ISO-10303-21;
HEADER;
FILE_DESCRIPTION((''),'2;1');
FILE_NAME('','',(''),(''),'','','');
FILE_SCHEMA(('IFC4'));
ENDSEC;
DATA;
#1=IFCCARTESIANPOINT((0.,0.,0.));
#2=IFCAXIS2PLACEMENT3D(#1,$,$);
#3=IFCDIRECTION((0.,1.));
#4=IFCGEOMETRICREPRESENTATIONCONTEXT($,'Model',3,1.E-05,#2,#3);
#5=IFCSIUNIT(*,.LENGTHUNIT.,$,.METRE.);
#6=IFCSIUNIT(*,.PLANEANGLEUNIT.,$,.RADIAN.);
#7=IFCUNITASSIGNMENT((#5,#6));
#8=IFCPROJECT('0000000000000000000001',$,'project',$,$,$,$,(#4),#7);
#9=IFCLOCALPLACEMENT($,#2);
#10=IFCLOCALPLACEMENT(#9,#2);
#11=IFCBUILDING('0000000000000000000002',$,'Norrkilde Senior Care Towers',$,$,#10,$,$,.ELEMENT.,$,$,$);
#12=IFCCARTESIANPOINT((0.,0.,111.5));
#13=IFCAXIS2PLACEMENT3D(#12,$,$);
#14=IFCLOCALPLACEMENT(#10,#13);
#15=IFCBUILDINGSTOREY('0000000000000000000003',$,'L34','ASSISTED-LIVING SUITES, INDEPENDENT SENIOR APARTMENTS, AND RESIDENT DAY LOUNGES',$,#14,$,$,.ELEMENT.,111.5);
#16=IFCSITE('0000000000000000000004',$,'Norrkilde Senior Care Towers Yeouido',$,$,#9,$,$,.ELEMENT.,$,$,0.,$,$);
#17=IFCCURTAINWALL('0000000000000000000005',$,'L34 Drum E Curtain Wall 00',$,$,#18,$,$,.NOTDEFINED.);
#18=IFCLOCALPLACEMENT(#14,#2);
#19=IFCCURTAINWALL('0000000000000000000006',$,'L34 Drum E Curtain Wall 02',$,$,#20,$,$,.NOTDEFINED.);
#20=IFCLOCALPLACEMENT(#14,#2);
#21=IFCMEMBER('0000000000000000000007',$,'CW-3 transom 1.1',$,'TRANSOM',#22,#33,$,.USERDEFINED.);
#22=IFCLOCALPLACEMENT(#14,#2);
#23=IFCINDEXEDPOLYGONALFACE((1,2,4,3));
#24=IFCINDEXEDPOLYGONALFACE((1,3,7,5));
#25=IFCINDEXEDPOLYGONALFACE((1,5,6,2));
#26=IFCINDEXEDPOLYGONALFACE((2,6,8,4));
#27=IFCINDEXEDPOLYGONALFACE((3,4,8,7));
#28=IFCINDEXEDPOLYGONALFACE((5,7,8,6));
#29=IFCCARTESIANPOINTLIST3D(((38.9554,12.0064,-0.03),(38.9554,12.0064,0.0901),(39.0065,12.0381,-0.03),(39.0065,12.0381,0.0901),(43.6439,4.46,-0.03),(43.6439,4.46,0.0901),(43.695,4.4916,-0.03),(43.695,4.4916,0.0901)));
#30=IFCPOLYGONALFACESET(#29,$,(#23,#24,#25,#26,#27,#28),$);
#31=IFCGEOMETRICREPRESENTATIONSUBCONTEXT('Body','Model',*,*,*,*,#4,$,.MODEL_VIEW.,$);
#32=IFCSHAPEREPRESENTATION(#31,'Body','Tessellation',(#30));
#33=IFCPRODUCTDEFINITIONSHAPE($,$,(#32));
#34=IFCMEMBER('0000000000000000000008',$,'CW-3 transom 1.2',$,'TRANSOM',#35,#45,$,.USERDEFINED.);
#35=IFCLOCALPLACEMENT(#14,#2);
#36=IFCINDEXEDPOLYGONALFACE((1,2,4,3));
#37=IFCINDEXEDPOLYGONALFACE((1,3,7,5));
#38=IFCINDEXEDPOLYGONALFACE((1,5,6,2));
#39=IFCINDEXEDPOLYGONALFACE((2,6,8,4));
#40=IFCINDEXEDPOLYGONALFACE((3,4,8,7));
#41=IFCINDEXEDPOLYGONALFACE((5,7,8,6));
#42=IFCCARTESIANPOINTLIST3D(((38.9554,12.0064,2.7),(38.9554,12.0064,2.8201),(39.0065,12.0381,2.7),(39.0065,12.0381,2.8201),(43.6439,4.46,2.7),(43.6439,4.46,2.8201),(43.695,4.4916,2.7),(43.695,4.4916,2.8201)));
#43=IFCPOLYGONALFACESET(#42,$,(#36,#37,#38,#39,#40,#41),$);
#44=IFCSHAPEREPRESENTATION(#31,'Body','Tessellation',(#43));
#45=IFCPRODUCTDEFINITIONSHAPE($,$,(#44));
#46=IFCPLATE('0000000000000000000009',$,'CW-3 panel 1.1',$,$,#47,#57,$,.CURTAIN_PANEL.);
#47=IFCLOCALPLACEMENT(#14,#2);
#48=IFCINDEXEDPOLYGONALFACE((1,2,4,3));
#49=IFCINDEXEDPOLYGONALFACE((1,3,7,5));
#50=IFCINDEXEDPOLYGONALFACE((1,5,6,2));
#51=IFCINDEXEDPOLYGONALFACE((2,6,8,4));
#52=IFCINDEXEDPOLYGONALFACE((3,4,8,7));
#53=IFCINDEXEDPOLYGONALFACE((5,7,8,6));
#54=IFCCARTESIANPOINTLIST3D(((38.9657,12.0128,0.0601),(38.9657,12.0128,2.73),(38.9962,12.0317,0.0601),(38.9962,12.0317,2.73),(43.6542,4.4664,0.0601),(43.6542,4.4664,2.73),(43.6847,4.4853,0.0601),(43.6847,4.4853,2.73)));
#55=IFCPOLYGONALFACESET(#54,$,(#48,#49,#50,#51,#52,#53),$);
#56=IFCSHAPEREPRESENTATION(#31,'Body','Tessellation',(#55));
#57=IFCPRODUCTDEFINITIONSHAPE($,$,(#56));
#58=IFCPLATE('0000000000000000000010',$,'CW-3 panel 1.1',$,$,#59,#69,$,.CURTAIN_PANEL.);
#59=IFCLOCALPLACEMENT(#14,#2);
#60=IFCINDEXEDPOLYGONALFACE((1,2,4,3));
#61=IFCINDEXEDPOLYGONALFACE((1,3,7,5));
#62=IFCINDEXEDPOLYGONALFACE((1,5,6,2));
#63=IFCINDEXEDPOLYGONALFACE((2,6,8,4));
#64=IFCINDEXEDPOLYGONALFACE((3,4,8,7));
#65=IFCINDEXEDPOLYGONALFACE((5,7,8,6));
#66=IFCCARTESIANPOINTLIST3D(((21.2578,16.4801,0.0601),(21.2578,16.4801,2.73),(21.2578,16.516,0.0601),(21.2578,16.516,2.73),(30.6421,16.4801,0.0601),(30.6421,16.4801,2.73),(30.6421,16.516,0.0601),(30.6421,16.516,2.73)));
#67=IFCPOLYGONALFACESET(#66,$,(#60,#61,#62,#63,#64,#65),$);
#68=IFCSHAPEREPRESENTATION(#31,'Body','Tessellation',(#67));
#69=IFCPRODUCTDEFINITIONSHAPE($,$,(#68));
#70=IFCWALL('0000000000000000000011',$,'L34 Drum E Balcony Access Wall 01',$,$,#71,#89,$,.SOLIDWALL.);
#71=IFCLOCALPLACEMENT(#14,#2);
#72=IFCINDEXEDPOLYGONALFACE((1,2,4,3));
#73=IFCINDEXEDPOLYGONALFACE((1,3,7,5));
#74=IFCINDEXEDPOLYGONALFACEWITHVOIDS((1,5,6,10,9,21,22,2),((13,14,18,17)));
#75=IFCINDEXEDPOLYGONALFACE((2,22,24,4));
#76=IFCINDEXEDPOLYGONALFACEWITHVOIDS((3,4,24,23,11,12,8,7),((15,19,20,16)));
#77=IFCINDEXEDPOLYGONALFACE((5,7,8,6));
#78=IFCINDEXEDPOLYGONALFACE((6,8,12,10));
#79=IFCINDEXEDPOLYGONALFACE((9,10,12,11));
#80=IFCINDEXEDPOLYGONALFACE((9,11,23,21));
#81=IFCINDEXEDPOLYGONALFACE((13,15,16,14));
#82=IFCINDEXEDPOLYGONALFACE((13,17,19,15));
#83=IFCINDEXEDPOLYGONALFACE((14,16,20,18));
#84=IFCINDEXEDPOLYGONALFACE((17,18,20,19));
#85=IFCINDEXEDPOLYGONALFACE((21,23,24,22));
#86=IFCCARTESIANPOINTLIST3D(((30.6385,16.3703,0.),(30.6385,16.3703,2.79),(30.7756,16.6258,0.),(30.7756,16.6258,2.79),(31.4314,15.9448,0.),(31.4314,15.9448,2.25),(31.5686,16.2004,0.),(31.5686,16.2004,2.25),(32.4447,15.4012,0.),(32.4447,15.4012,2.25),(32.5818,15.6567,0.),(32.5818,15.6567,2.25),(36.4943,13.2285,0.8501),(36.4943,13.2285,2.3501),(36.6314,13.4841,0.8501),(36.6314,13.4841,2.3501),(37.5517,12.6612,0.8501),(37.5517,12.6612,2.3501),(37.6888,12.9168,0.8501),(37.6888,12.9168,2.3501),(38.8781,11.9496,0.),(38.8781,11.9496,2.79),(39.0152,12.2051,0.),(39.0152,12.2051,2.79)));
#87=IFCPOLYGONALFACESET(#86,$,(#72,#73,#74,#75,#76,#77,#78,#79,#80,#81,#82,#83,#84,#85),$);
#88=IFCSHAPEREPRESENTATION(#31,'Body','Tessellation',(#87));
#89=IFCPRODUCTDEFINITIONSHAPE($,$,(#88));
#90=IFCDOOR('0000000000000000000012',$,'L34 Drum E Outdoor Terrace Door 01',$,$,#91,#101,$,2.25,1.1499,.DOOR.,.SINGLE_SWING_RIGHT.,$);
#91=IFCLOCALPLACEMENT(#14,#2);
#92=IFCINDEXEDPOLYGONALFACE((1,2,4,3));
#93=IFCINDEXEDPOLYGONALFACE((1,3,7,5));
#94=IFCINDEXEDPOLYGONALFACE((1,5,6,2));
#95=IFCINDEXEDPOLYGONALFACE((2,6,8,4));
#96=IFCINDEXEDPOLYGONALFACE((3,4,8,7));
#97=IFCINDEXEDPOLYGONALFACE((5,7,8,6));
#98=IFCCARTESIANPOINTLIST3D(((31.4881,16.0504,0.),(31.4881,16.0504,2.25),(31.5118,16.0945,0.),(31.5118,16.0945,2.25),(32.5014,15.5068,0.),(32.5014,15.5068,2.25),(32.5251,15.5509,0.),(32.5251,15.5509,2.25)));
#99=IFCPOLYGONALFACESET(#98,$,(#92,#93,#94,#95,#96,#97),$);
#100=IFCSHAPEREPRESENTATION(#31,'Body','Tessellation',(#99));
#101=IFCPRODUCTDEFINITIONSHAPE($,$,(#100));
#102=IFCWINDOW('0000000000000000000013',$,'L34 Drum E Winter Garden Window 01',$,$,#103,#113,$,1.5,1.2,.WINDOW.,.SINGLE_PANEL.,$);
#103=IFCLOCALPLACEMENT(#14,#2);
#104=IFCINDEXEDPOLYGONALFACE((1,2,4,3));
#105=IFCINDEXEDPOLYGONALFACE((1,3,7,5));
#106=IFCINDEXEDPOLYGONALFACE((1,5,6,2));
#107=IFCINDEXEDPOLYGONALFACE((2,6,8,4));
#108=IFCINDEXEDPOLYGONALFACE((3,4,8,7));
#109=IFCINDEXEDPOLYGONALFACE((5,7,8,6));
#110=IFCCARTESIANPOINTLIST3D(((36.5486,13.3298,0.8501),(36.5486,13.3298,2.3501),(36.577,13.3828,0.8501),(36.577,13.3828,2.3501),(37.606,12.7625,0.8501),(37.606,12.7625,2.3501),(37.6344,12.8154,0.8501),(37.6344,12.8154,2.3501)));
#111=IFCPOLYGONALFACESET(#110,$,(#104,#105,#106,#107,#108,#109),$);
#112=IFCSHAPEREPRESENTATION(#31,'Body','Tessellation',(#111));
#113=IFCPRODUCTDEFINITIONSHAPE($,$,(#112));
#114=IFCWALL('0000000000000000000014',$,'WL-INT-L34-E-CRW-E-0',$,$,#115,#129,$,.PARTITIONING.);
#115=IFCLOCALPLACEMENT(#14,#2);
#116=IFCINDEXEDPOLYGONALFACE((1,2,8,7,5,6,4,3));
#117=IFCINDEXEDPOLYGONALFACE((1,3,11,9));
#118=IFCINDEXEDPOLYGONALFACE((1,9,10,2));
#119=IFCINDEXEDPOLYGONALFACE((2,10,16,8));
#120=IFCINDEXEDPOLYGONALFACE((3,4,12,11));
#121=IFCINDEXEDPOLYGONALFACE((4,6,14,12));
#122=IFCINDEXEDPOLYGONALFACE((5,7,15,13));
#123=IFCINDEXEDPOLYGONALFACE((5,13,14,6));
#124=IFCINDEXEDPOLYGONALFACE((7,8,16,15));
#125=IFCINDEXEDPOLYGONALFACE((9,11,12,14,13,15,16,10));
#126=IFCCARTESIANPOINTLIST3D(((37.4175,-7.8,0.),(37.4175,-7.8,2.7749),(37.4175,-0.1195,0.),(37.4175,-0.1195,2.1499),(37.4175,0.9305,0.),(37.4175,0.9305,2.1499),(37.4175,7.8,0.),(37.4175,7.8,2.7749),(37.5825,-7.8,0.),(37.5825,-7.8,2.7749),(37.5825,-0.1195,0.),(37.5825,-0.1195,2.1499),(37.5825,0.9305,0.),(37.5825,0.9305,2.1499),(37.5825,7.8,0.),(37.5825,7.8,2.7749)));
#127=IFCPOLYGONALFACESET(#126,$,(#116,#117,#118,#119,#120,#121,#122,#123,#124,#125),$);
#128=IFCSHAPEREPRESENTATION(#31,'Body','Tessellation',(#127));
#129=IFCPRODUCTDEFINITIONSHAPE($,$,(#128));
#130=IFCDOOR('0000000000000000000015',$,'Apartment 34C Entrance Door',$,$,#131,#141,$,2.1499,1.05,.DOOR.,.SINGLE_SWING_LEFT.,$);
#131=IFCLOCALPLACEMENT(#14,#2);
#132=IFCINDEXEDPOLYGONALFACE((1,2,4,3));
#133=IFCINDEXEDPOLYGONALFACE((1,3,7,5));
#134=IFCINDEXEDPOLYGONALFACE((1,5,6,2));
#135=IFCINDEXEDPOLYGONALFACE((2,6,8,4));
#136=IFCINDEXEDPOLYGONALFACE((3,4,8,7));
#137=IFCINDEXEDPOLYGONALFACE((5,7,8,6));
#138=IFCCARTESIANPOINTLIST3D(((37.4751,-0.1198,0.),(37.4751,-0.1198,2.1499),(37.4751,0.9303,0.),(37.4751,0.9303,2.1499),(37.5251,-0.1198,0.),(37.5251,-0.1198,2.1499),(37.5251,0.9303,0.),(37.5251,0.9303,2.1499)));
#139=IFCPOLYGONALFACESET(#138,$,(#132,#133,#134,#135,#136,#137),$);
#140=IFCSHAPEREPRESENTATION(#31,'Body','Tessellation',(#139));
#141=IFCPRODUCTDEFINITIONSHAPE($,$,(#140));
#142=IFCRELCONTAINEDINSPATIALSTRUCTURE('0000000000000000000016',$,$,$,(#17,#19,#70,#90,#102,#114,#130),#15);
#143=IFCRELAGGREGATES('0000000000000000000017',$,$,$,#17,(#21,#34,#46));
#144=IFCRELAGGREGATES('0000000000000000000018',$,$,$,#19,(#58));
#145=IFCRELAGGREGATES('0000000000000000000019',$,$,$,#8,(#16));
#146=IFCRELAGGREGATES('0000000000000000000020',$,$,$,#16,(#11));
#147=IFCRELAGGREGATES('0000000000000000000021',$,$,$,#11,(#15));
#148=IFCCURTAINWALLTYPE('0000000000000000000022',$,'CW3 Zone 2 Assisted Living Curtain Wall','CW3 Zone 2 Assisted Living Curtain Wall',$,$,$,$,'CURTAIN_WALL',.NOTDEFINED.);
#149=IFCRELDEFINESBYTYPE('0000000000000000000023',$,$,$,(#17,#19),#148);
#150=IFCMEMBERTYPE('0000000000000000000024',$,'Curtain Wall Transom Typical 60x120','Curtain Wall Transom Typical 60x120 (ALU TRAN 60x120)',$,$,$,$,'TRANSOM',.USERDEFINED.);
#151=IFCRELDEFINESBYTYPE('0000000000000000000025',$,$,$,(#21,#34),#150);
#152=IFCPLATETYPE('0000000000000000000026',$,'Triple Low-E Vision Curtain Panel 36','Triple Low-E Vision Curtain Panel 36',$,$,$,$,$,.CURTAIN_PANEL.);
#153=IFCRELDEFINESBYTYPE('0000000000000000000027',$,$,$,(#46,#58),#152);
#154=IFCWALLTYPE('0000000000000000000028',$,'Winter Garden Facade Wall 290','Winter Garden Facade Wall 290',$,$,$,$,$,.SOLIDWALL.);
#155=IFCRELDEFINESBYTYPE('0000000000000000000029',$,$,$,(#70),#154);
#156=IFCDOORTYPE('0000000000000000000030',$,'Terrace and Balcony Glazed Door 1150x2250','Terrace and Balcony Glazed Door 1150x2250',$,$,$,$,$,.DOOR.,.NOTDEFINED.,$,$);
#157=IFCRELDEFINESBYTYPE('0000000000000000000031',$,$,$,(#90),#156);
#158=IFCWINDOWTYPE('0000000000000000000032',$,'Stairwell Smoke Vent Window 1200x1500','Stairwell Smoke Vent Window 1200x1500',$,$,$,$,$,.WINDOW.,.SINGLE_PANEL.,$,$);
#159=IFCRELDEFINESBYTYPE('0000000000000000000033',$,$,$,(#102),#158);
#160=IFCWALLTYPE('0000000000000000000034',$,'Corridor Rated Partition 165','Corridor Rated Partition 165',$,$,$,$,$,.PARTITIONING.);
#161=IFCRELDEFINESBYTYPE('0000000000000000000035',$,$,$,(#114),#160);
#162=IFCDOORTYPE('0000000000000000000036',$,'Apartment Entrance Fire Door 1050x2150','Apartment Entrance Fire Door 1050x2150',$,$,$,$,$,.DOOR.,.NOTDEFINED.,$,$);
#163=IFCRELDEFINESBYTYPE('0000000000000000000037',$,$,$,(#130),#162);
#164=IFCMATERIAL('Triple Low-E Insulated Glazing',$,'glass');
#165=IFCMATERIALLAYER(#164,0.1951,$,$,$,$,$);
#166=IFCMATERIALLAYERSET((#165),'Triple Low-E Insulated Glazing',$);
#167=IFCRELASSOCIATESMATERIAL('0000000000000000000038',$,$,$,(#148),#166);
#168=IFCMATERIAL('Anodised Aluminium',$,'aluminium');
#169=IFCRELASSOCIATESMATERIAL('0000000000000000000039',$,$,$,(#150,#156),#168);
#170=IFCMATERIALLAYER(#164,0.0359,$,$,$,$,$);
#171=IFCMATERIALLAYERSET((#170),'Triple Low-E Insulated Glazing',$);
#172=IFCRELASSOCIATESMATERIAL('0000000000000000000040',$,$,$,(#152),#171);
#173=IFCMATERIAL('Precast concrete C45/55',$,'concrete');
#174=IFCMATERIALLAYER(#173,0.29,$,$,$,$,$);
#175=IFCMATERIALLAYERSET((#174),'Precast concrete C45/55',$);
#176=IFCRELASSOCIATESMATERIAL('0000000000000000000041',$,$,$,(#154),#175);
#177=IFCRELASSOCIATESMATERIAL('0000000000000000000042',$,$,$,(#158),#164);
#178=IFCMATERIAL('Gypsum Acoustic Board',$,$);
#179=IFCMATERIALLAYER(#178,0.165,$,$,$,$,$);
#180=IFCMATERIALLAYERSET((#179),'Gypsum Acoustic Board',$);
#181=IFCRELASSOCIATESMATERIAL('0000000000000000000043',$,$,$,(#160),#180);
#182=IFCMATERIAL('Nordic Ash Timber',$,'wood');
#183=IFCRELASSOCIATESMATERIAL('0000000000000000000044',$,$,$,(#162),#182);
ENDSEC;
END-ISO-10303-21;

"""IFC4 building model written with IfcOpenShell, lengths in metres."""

from ifc_helpers import new_model, si_unit, direction, frame, frame_2d, origin, origin_2d, place, context, subcontext, project, spatial, rectangle, extrude, source, transform, mapped, material, layer, layer_set, material_profile, profile_set, type_object, type_shapes, element, fill, aggregate, save


model = new_model("IFC4")

# Units and contexts
model_context = context("Model", 3, precision=1e-05, world=origin(), true_north=direction((0.0, 1.0)))
body_context = subcontext(model_context, "Body", "Model", "MODEL_VIEW")
ifc_project = project(units=[si_unit("LENGTHUNIT", "METRE"), si_unit("PLANEANGLEUNIT", "RADIAN")], contexts=[model_context])

# Site, building, storey
site_placement = place(None, origin())
site = spatial("IfcSite", under=ifc_project, at=site_placement, Name="Norrkilde Senior Care Towers Yeouido", CompositionType="ELEMENT", RefElevation=0.0)
building_placement = place(site_placement, origin())
building = spatial("IfcBuilding", under=site, at=building_placement, Name="Norrkilde Senior Care Towers", CompositionType="ELEMENT")
storey_placement = place(building_placement, frame((0.0, 0.0, 111.5)))
storey = spatial("IfcBuildingStorey", under=building, at=storey_placement, Name="L34", Description="ASSISTED-LIVING SUITES, INDEPENDENT SENIOR APARTMENTS, AND RESIDENT DAY LOUNGES", CompositionType="ELEMENT", Elevation=111.5)

# Curtain walls
ifc_material_1 = material(Name="Triple Low-E Insulated Glazing", Category="glass")
ifc_layer_1 = layer(ifc_material_1, 0.1951)
ifc_layer_set_1 = layer_set([ifc_layer_1], Name="Triple Low-E Insulated Glazing")
curtain_wall_type = type_object("IfcCurtainWallType", Name="CW3 Zone 2 Assisted Living Curtain Wall", Description="CW3 Zone 2 Assisted Living Curtain Wall", ElementType="CURTAIN_WALL", PredefinedType="NOTDEFINED", material=ifc_layer_set_1)
curtain_wall_1_placement = place(storey_placement, origin())
curtain_wall_1 = element("IfcCurtainWall", 1, at=curtain_wall_1_placement, inside=storey, type_object=curtain_wall_type, Name="L34 Drum E Curtain Wall 00", PredefinedType="NOTDEFINED")
ifc_material_2 = material(Name="Anodised Aluminium", Category="aluminium")
curtain_wall_2_placement = place(storey_placement, origin())
curtain_wall_2 = element("IfcCurtainWall", 2, at=curtain_wall_2_placement, inside=storey, type_object=curtain_wall_type, Name="L34 Drum E Curtain Wall 02", PredefinedType="NOTDEFINED")

# Members
ifc_material_profile_1 = material_profile(ifc_material_2, rectangle(XDim=0.0601, YDim=0.1201, at=origin_2d()), Name="ALU TRAN 60x120")
ifc_profile_set_1 = profile_set([ifc_material_profile_1], Name="Anodised Aluminium")
member_type_1 = type_object("IfcMemberType", Name="Curtain Wall Transom Typical 60x120", Description="Curtain Wall Transom Typical 60x120 (ALU TRAN 60x120)", ElementType="TRANSOM", PredefinedType="USERDEFINED", material=ifc_profile_set_1)
shared_shape_1 = source(origin(), body_context, "Body", "SweptSolid", [
    extrude(rectangle(XDim=0.0601, YDim=0.1201, at=origin_2d()), origin(), (0.0, 0.0, 1.0), 8.8843),
])
type_shapes(member_type_1, [shared_shape_1])
member_1_placement = place(storey_placement, frame((38.981, 12.0222, 0.03), z_axis=(0.527729, -0.849413, 0.0), x_axis=(0.849413, 0.527729, 0.0)))
member_1 = element("IfcMember", 3, at=member_1_placement, type_object=member_type_1, Name="CW-3 transom 1.1", ObjectType="TRANSOM", PredefinedType="USERDEFINED", context=body_context, shape_type="MappedRepresentation", body=[
    mapped(shared_shape_1, transform((0.0, 0.0, 0.0), x_axis=(1.0, 0.0, 0.0), y_axis=(0.0, 1.0, 0.0), z_axis=(0.0, 0.0, 1.0), scale=1.0)),
])
member_2_placement = place(storey_placement, frame((38.981, 12.0222, 2.76), z_axis=(0.527729, -0.849413, 0.0), x_axis=(0.849413, 0.527729, 0.0)))
member_2 = element("IfcMember", 4, at=member_2_placement, type_object=member_type_1, Name="CW-3 transom 1.2", ObjectType="TRANSOM", PredefinedType="USERDEFINED", context=body_context, shape_type="MappedRepresentation", body=[
    mapped(shared_shape_1, transform((0.0, 0.0, 0.0), x_axis=(1.0, 0.0, 0.0), y_axis=(0.0, 1.0, 0.0), z_axis=(0.0, 0.0, 1.0), scale=1.0)),
])

# Plates
ifc_layer_2 = layer(ifc_material_1, 0.0359)
ifc_layer_set_2 = layer_set([ifc_layer_2], Name="Triple Low-E Insulated Glazing")
plate_type = type_object("IfcPlateType", Name="Triple Low-E Vision Curtain Panel 36", Description="Triple Low-E Vision Curtain Panel 36", PredefinedType="CURTAIN_PANEL", material=ifc_layer_set_2)
shared_shape_2 = source(origin(), body_context, "Body", "SweptSolid", [
    extrude(rectangle(XDim=8.8843, YDim=0.0359, at=origin_2d()), origin(), (0.0, 0.0, 1.0), 2.6699),
])
plate_1_placement = place(storey_placement, frame((41.3252, 8.249, 0.0601), z_axis=(0.0, 0.0, 1.0), x_axis=(0.527733, -0.84941, 0.0)))
plate_1 = element("IfcPlate", 5, at=plate_1_placement, type_object=plate_type, Name="CW-3 panel 1.1", PredefinedType="CURTAIN_PANEL", context=body_context, shape_type="MappedRepresentation", body=[
    mapped(shared_shape_2, transform((0.0, 0.0, 0.0), x_axis=(1.0, 0.0, 0.0), y_axis=(0.0, 1.0, 0.0), z_axis=(0.0, 0.0, 1.0), scale=1.0)),
])
aggregate(curtain_wall_1, [member_1, member_2, plate_1])
shared_shape_3 = source(origin(), body_context, "Body", "SweptSolid", [
    extrude(rectangle(XDim=9.3843, YDim=0.0359, at=origin_2d()), origin(), (0.0, 0.0, 1.0), 2.6699),
])
type_shapes(plate_type, [shared_shape_2, shared_shape_3])
plate_2_placement = place(storey_placement, frame((25.95, 16.498, 0.0601), z_axis=(0.0, 0.0, 1.0), x_axis=(1.0, 0.0, 0.0)))
plate_2 = element("IfcPlate", 6, at=plate_2_placement, type_object=plate_type, Name="CW-3 panel 1.1", PredefinedType="CURTAIN_PANEL", context=body_context, shape_type="MappedRepresentation", body=[
    mapped(shared_shape_3, transform((0.0, 0.0, 0.0), x_axis=(1.0, 0.0, 0.0), y_axis=(0.0, 1.0, 0.0), z_axis=(0.0, 0.0, 1.0), scale=1.0)),
])
aggregate(curtain_wall_2, [plate_2])

# Wall, openings, door, window
ifc_material_3 = material(Name="Precast concrete C45/55", Category="concrete")
ifc_layer_3 = layer(ifc_material_3, 0.29)
ifc_layer_set_3 = layer_set([ifc_layer_3], Name="Precast concrete C45/55")
wall_type_1 = type_object("IfcWallType", Name="Winter Garden Facade Wall 290", Description="Winter Garden Facade Wall 290", PredefinedType="SOLIDWALL", material=ifc_layer_set_3)
shared_shape_4 = source(origin(), body_context, "Body", "SweptSolid", [
    extrude(rectangle(XDim=9.3506, YDim=0.29, at=frame_2d((4.6753, 0.0))), origin(), (0.0, 0.0, 1.0), 2.79),
])
type_shapes(wall_type_1, [shared_shape_4])
wall_1_placement = place(storey_placement, frame((30.707, 16.498, 0.0), z_axis=(0.0, 0.0, 1.0), x_axis=(0.881184, -0.472773, 0.0)))
wall_1 = element("IfcWall", 7, at=wall_1_placement, inside=storey, type_object=wall_type_1, Name="L34 Drum E Balcony Access Wall 01", PredefinedType="SOLIDWALL", context=body_context, shape_type="MappedRepresentation", body=[
    mapped(shared_shape_4, transform((0.0, 0.0, 0.0), x_axis=(1.0, 0.0, 0.0), y_axis=(0.0, 1.0, 0.0), z_axis=(0.0, 0.0, 1.0), scale=1.0)),
])
opening_1_placement = place(wall_1_placement, frame((0.8999, 0.0, 0.0)))
opening_1 = element("IfcOpeningElement", 8, at=opening_1_placement, cuts=wall_1, PredefinedType="OPENING", context=body_context, shape_type="SweptSolid", body=[
    extrude(rectangle(XDim=1.1499, YDim=2.25, at=frame_2d((0.575, 1.125))), frame((0.0, 0.155, 0.0), z_axis=(0.0, -1.0, 0.0), x_axis=(1.0, 0.0, 0.0)), (0.0, 0.0, 1.0), 0.3101),
])
opening_2_placement = place(wall_1_placement, frame((6.6453, 0.0, 0.8501)))
opening_2 = element("IfcOpeningElement", 9, at=opening_2_placement, cuts=wall_1, PredefinedType="OPENING", context=body_context, shape_type="SweptSolid", body=[
    extrude(rectangle(XDim=1.2, YDim=1.5, at=frame_2d((0.6001, 0.75))), frame((0.0, 0.155, 0.0), z_axis=(0.0, -1.0, 0.0), x_axis=(1.0, 0.0, 0.0)), (0.0, 0.0, 1.0), 0.3101),
])
door_type_1 = type_object("IfcDoorType", Name="Terrace and Balcony Glazed Door 1150x2250", Description="Terrace and Balcony Glazed Door 1150x2250", OperationType="NOTDEFINED", PredefinedType="DOOR", material=ifc_material_2)
shared_shape_5 = source(origin(), body_context, "Body", "SweptSolid", [
    extrude(rectangle(XDim=1.1499, YDim=2.25, at=frame_2d((0.575, 1.125))), frame((0.0, 0.0249, 0.0), z_axis=(0.0, -1.0, 0.0), x_axis=(1.0, 0.0, 0.0)), (0.0, 0.0, 1.0), 0.05),
])
type_shapes(door_type_1, [shared_shape_5])
door_1_placement = place(opening_1_placement, origin())
door_1 = element("IfcDoor", 10, at=door_1_placement, inside=storey, type_object=door_type_1, Name="L34 Drum E Outdoor Terrace Door 01", OperationType="SINGLE_SWING_RIGHT", OverallHeight=2.25, OverallWidth=1.1499, PredefinedType="DOOR", context=body_context, shape_type="MappedRepresentation", body=[
    mapped(shared_shape_5, transform((0.0, 0.0, 0.0), x_axis=(1.0, 0.0, 0.0), y_axis=(0.0, 1.0, 0.0), z_axis=(0.0, 0.0, 1.0), scale=1.0)),
])
fill(opening_1, door_1)
window_type = type_object("IfcWindowType", Name="Stairwell Smoke Vent Window 1200x1500", Description="Stairwell Smoke Vent Window 1200x1500", PartitioningType="SINGLE_PANEL", PredefinedType="WINDOW", material=ifc_material_1)
shared_shape_6 = source(origin(), body_context, "Body", "SweptSolid", [
    extrude(rectangle(XDim=1.2, YDim=1.5, at=frame_2d((0.6001, 0.75))), frame((0.0, 0.03, 0.0), z_axis=(0.0, -1.0, 0.0), x_axis=(1.0, 0.0, 0.0)), (0.0, 0.0, 1.0), 0.0601),
])
type_shapes(window_type, [shared_shape_6])
window_placement = place(opening_2_placement, origin())
window = element("IfcWindow", 11, at=window_placement, inside=storey, type_object=window_type, Name="L34 Drum E Winter Garden Window 01", OverallHeight=1.5, OverallWidth=1.2, PartitioningType="SINGLE_PANEL", PredefinedType="WINDOW", context=body_context, shape_type="MappedRepresentation", body=[
    mapped(shared_shape_6, transform((0.0, 0.0, 0.0), x_axis=(1.0, 0.0, 0.0), y_axis=(0.0, 1.0, 0.0), z_axis=(0.0, 0.0, 1.0), scale=1.0)),
])
fill(opening_2, window)

# Wall, opening, door
ifc_material_4 = material(Name="Gypsum Acoustic Board")
ifc_layer_4 = layer(ifc_material_4, 0.165)
ifc_layer_set_4 = layer_set([ifc_layer_4], Name="Gypsum Acoustic Board")
wall_type_2 = type_object("IfcWallType", Name="Corridor Rated Partition 165", Description="Corridor Rated Partition 165", PredefinedType="PARTITIONING", material=ifc_layer_set_4)
shared_shape_7 = source(origin(), body_context, "Body", "SweptSolid", [
    extrude(rectangle(XDim=15.6001, YDim=0.165, at=frame_2d((7.8, 0.0))), origin(), (0.0, 0.0, 1.0), 2.7749),
])
wall_2_placement = place(storey_placement, frame((37.5, 7.8, 0.0), z_axis=(0.0, 0.0, 1.0), x_axis=(0.0, -1.0, 0.0)))
wall_2 = element("IfcWall", 12, at=wall_2_placement, inside=storey, type_object=wall_type_2, Name="WL-INT-L34-E-CRW-E-0", PredefinedType="PARTITIONING", context=body_context, shape_type="MappedRepresentation", body=[
    mapped(shared_shape_7, transform((0.0, 0.0, 0.0), x_axis=(1.0, 0.0, 0.0), y_axis=(0.0, 1.0, 0.0), z_axis=(0.0, 0.0, 1.0), scale=1.0)),
])
opening_3_placement = place(wall_2_placement, frame((6.8696, 0.0, 0.0)))
opening_3 = element("IfcOpeningElement", 13, at=opening_3_placement, cuts=wall_2, PredefinedType="OPENING", context=body_context, shape_type="SweptSolid", body=[
    extrude(rectangle(XDim=1.05, YDim=2.1499, at=frame_2d((0.5249, 1.075))), frame((0.0, 0.0925, 0.0), z_axis=(0.0, -1.0, 0.0), x_axis=(1.0, 0.0, 0.0)), (0.0, 0.0, 1.0), 0.1851),
])
ifc_material_5 = material(Name="Nordic Ash Timber", Category="wood")
door_type_2 = type_object("IfcDoorType", Name="Apartment Entrance Fire Door 1050x2150", Description="Apartment Entrance Fire Door 1050x2150", OperationType="NOTDEFINED", PredefinedType="DOOR", material=ifc_material_5)
shared_shape_8 = source(origin(), body_context, "Body", "SweptSolid", [
    extrude(rectangle(XDim=1.05, YDim=2.1499, at=frame_2d((0.5249, 1.075))), frame((0.0, 0.0249, 0.0), z_axis=(0.0, -1.0, 0.0), x_axis=(1.0, 0.0, 0.0)), (0.0, 0.0, 1.0), 0.05),
])
type_shapes(door_type_2, [shared_shape_8])
door_2_placement = place(opening_3_placement, frame((1.05, 0.0, 0.0), z_axis=(0.0, 0.0, 1.0), x_axis=(-1.0, 0.0, 0.0)))
door_2 = element("IfcDoor", 14, at=door_2_placement, inside=storey, type_object=door_type_2, Name="Apartment 34C Entrance Door", OperationType="SINGLE_SWING_LEFT", OverallHeight=2.1499, OverallWidth=1.05, PredefinedType="DOOR", context=body_context, shape_type="MappedRepresentation", body=[
    mapped(shared_shape_8, transform((0.0, 0.0, 0.0), x_axis=(1.0, 0.0, 0.0), y_axis=(0.0, 1.0, 0.0), z_axis=(0.0, 0.0, 1.0), scale=1.0)),
])
fill(opening_3, door_2)

save(model, "model.ifc")
